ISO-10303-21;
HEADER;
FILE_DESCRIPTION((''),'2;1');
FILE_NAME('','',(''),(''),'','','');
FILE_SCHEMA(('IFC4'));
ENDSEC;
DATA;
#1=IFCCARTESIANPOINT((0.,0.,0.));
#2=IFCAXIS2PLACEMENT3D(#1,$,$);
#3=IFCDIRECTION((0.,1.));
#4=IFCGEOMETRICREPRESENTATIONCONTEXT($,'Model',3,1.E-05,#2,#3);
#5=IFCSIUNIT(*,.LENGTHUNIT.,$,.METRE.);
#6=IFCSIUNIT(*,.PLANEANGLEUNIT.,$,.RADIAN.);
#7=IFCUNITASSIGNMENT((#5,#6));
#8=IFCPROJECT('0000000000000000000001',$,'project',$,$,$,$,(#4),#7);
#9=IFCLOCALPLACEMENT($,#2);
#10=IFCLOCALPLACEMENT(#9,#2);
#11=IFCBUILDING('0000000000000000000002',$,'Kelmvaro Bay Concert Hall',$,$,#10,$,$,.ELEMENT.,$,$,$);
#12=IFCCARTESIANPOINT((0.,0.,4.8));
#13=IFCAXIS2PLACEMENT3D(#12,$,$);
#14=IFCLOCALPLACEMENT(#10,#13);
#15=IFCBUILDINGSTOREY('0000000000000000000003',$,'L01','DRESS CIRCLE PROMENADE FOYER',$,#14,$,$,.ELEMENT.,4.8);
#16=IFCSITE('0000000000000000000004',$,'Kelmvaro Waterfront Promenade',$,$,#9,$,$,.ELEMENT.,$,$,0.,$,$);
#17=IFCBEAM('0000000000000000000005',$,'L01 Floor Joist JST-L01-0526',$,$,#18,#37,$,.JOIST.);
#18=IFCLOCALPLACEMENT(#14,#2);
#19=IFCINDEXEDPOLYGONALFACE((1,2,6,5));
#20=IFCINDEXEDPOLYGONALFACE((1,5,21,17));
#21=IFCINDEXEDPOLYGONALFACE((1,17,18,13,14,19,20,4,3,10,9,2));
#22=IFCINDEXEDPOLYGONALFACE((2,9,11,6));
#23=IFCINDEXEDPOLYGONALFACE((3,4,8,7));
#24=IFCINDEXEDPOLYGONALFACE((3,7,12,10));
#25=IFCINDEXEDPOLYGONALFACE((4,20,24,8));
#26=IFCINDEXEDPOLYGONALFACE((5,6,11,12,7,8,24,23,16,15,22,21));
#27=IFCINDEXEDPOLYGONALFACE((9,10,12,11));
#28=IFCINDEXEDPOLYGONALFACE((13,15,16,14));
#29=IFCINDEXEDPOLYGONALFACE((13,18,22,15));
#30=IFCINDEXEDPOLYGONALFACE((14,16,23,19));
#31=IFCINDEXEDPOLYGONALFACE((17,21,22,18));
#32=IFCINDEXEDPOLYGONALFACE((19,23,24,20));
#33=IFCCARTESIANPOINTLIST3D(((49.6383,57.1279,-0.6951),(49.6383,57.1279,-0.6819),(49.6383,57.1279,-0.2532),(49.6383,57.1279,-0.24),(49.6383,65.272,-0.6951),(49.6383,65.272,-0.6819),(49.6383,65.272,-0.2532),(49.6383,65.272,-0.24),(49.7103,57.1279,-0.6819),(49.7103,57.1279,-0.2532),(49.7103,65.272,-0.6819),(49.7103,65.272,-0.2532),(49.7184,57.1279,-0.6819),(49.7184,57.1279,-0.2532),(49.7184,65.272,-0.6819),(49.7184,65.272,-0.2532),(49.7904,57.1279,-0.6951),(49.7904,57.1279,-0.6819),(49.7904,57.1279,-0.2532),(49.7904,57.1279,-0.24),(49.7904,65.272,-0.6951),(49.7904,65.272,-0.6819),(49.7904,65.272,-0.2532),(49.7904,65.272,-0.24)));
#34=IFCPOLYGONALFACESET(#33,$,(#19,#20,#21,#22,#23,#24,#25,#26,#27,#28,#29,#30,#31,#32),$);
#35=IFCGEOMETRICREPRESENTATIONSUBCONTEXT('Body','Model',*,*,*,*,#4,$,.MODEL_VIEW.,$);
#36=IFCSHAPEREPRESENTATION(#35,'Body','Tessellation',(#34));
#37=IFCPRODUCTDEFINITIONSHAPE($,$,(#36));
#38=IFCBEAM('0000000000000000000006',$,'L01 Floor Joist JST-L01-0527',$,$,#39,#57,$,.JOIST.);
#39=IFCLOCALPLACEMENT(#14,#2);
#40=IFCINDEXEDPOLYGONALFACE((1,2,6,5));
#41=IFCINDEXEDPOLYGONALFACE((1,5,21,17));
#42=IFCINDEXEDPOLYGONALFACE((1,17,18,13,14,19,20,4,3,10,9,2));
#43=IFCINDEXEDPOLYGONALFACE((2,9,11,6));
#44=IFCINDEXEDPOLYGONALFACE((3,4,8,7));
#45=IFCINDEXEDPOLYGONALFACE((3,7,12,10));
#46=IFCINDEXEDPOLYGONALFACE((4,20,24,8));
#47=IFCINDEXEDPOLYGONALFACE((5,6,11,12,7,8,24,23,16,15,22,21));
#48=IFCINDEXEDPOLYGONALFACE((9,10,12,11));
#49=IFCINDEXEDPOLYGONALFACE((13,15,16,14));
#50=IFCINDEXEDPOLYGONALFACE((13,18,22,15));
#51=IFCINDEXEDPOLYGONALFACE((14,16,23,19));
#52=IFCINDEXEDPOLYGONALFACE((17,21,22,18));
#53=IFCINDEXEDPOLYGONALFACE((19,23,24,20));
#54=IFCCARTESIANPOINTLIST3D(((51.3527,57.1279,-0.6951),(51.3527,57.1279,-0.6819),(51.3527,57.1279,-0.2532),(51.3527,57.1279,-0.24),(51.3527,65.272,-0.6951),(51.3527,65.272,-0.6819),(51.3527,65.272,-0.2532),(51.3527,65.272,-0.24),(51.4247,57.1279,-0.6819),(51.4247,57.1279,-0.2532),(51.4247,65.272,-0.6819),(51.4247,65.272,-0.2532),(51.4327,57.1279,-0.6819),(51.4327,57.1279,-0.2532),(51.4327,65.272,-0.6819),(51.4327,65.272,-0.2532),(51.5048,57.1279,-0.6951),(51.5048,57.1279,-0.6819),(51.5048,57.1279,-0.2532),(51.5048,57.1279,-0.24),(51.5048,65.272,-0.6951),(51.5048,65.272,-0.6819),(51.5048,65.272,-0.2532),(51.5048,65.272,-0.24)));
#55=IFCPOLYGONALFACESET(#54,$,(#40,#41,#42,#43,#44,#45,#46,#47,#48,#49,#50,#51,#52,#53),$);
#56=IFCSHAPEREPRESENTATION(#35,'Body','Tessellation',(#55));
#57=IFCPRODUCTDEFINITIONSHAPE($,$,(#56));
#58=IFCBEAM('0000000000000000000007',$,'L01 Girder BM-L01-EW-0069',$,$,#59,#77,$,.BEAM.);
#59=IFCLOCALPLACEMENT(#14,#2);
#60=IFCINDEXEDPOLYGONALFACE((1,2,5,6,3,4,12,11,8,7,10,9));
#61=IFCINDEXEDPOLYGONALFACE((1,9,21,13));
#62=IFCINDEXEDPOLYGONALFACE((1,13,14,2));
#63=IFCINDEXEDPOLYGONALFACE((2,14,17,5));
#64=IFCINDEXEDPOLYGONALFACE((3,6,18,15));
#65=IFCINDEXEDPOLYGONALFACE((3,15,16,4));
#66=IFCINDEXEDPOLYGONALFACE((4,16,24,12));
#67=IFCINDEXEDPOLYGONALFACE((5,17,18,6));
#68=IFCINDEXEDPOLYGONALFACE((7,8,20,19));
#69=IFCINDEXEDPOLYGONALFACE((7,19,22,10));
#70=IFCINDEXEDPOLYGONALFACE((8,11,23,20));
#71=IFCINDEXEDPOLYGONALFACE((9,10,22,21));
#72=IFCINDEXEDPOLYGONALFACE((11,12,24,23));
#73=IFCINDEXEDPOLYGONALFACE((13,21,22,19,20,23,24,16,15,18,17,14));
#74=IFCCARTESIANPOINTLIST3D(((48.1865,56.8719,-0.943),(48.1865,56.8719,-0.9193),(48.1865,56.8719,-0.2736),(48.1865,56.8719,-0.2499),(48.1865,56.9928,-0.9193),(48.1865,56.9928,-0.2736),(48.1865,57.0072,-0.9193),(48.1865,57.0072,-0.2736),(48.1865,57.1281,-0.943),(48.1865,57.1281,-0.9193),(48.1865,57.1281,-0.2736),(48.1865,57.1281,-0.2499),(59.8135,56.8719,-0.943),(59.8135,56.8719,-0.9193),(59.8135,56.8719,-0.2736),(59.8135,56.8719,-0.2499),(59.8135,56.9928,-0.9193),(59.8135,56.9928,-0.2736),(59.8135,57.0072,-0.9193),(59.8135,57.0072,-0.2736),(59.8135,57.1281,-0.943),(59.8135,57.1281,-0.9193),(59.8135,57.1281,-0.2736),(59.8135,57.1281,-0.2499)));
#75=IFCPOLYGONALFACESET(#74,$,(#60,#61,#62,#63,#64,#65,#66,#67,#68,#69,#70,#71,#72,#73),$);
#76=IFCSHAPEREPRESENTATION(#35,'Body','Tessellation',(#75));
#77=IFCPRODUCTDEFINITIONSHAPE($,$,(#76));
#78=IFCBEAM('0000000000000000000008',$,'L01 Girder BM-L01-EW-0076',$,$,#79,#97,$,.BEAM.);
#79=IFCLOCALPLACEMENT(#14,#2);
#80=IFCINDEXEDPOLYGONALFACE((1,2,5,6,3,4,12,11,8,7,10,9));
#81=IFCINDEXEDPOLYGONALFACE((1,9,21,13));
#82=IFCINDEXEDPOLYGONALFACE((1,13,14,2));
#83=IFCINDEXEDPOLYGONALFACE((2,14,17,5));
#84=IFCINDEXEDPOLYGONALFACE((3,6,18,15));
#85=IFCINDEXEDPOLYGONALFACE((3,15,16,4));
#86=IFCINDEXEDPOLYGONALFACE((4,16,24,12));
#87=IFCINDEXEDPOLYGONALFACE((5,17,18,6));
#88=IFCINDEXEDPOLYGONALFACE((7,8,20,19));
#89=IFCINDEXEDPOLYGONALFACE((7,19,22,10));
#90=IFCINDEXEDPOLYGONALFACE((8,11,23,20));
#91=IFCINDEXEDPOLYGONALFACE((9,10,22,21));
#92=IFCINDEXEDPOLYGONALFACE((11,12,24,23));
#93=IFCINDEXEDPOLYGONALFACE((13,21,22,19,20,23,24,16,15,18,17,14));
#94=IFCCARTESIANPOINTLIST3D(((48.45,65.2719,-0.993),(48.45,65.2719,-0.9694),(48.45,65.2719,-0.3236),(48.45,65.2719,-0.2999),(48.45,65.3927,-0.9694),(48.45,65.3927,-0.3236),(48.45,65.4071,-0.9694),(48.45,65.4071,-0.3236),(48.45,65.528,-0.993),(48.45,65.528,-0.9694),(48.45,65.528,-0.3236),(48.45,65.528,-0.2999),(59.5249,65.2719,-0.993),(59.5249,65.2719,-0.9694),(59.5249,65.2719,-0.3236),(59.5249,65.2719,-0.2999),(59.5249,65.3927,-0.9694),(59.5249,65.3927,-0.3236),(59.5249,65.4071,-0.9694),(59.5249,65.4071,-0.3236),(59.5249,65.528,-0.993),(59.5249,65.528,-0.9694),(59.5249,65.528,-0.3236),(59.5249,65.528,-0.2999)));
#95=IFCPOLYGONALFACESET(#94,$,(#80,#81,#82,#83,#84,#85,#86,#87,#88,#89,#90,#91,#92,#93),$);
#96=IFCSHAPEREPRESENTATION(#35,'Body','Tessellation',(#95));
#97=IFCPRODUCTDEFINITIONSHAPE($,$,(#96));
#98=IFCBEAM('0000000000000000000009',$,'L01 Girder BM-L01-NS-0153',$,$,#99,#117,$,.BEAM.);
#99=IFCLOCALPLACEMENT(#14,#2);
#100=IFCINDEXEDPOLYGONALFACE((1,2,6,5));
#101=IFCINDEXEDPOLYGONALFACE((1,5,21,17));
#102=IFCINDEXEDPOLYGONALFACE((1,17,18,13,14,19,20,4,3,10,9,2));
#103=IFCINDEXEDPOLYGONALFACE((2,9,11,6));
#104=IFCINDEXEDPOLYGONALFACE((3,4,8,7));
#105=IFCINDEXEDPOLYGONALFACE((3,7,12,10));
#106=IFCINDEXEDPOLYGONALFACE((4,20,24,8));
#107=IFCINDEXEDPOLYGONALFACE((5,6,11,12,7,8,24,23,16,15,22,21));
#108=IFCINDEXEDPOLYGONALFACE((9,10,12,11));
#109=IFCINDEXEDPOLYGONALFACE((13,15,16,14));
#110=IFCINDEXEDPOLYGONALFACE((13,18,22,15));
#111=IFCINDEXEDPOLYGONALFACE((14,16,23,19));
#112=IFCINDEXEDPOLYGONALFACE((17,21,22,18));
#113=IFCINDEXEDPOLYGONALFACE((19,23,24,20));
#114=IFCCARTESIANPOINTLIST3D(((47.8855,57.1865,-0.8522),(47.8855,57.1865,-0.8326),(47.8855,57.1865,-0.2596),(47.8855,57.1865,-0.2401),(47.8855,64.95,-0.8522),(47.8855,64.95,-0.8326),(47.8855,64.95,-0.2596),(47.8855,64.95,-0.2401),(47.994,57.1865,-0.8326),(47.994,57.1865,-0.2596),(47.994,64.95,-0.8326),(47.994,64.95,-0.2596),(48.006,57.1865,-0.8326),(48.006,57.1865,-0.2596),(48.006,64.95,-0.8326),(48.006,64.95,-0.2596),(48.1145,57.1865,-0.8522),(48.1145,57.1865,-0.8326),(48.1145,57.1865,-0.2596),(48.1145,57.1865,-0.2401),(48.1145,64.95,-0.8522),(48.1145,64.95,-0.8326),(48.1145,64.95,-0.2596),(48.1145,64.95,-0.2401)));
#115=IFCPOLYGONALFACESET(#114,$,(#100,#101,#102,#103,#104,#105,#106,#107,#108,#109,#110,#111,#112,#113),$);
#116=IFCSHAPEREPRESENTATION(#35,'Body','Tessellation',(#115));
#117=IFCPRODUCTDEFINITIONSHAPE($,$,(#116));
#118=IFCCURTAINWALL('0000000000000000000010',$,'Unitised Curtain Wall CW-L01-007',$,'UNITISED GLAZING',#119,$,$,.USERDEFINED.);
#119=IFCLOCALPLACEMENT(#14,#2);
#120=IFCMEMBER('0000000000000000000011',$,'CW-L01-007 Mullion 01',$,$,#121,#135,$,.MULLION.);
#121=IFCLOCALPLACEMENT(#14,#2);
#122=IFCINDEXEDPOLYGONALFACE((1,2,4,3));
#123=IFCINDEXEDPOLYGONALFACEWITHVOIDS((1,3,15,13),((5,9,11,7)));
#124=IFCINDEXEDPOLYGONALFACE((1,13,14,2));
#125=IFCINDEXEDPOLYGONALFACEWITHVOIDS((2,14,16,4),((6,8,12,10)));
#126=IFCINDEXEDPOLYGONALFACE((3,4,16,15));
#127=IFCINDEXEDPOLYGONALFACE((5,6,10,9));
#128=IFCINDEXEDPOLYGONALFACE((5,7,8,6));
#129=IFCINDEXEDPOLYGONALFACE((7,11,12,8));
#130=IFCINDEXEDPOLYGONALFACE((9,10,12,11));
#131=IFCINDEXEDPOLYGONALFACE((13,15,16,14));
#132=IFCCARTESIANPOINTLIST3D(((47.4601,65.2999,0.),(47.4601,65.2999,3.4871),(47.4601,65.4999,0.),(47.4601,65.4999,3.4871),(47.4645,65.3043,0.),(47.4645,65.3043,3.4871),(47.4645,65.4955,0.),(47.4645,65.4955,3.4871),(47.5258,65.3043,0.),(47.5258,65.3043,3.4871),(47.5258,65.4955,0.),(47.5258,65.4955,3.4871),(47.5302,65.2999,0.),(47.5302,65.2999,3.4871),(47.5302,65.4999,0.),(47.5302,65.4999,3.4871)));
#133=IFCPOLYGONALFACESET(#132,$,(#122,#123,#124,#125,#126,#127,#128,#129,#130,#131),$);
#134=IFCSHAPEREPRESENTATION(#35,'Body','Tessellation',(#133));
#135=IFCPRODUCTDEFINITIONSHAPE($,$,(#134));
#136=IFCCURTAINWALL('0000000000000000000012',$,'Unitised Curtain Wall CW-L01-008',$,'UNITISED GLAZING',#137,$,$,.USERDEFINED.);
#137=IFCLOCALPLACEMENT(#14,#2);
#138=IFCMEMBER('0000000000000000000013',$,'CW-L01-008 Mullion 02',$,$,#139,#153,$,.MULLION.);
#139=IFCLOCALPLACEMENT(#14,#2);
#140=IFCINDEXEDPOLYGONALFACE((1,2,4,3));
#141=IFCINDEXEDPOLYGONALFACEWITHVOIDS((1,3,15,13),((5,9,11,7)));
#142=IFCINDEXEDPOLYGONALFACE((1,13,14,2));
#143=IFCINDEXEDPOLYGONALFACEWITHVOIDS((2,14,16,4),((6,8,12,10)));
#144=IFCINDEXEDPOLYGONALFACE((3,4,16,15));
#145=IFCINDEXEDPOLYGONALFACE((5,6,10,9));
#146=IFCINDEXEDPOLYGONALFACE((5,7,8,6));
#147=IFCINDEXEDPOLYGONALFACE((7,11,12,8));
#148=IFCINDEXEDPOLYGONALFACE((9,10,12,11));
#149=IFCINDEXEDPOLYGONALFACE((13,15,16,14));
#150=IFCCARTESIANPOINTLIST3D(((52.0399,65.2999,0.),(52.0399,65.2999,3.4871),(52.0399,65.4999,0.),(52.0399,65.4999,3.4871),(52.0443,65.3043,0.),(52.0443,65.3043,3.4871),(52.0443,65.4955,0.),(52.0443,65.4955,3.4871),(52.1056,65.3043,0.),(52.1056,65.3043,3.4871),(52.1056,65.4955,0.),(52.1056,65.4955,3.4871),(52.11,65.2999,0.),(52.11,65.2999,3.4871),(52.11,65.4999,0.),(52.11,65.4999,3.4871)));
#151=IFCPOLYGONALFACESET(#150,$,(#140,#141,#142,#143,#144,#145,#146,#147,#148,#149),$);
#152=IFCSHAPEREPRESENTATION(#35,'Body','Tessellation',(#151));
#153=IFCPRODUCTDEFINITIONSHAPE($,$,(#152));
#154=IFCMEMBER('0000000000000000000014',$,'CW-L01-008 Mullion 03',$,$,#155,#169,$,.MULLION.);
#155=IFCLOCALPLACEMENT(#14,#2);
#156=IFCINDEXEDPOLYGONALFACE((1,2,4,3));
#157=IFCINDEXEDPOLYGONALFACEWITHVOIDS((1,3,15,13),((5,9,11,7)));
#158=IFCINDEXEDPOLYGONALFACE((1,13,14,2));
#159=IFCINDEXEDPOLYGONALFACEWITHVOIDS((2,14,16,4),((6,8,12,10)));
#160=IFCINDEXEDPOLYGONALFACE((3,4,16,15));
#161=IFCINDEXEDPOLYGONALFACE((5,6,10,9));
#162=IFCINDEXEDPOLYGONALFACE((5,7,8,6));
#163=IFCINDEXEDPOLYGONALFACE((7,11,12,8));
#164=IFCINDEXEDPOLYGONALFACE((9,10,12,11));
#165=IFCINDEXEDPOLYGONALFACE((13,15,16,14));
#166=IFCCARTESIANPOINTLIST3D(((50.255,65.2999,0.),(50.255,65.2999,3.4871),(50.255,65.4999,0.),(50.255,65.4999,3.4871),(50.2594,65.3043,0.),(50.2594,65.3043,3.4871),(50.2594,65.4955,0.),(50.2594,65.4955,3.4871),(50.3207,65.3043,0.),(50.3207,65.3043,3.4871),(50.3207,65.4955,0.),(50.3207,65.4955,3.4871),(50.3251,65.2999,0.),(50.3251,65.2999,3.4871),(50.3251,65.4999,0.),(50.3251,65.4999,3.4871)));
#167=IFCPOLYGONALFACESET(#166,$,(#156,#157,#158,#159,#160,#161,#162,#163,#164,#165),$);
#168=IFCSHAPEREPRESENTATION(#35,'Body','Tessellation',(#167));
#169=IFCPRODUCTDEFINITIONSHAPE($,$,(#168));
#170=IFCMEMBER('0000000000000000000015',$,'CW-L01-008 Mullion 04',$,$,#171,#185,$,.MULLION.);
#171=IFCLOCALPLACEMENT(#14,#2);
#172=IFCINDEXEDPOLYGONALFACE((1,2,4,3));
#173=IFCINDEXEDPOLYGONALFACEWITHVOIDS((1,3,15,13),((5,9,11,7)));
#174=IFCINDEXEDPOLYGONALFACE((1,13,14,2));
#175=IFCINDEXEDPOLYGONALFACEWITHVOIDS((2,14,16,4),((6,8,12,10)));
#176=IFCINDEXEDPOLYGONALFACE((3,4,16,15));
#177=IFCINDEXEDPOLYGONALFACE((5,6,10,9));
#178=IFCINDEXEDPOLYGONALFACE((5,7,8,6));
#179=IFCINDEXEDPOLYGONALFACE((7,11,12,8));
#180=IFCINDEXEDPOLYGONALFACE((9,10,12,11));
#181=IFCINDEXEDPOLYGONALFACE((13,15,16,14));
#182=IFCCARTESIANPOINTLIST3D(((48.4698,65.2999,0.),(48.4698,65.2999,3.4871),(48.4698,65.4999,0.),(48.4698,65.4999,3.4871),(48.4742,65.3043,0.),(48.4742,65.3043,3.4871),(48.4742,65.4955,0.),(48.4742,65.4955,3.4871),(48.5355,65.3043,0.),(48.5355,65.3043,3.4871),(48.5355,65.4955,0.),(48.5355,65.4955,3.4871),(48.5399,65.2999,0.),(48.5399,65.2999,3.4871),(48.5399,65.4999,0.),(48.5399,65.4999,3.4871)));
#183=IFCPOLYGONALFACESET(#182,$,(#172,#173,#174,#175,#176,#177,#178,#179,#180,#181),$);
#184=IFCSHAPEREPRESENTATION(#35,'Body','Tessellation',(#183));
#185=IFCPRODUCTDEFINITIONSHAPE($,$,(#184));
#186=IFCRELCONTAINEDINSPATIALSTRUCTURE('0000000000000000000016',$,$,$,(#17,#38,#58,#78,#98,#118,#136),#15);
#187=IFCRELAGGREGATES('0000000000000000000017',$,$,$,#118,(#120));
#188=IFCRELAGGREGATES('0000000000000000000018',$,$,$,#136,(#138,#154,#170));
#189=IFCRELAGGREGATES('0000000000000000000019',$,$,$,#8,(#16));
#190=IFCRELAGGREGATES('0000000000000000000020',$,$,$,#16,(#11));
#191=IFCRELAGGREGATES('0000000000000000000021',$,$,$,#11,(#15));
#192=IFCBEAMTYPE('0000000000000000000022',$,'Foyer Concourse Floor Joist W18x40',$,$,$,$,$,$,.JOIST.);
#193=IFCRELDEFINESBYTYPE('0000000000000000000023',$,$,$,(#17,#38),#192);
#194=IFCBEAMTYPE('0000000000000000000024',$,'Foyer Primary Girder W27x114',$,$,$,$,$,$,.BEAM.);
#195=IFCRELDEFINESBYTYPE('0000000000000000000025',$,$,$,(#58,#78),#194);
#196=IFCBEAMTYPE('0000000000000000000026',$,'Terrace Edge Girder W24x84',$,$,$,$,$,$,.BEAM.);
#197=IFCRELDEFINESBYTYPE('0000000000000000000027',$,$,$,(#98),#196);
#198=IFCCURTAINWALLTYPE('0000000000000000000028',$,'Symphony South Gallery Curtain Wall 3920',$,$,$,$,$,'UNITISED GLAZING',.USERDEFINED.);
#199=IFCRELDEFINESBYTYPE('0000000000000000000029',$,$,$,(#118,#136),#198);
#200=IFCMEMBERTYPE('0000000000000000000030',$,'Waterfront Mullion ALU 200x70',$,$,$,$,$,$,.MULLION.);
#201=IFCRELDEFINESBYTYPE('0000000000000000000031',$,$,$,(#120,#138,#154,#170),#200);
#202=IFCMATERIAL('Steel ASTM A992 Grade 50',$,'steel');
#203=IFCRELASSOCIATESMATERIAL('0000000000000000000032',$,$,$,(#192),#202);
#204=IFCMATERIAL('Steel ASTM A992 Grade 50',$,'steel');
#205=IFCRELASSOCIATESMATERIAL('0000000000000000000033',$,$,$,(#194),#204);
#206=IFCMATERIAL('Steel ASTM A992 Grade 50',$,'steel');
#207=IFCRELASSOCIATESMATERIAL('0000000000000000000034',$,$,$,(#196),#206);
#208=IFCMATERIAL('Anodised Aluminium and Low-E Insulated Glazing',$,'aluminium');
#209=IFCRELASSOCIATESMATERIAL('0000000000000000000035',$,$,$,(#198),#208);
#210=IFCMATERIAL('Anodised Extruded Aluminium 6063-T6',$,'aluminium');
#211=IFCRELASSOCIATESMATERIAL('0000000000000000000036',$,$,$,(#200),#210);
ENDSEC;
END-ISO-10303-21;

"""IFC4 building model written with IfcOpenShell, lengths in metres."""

from ifc_helpers import new_model, si_unit, direction, frame, origin, origin_2d, place, context, subcontext, project, spatial, hollow_rectangle, i_section, extrude, material, material_profile, profile_set, type_object, element, aggregate, save


model = new_model("IFC4")

# Units and contexts
model_context = context("Model", 3, precision=1e-05, world=origin(), true_north=direction((0.0, 1.0)))
body_context = subcontext(model_context, "Body", "Model", "MODEL_VIEW")
ifc_project = project(units=[si_unit("LENGTHUNIT", "METRE"), si_unit("PLANEANGLEUNIT", "RADIAN")], contexts=[model_context])

# Site, building, storey
site_placement = place(None, origin())
site = spatial("IfcSite", under=ifc_project, at=site_placement, Name="Kelmvaro Waterfront Promenade", CompositionType="ELEMENT", RefElevation=0.0)
building_placement = place(site_placement, origin())
building = spatial("IfcBuilding", under=site, at=building_placement, Name="Kelmvaro Bay Concert Hall", CompositionType="ELEMENT")
storey_placement = place(building_placement, frame((0.0, 0.0, 4.8)))
storey = spatial("IfcBuildingStorey", under=building, at=storey_placement, Name="L01", Description="DRESS CIRCLE PROMENADE FOYER", CompositionType="ELEMENT", Elevation=4.8)

# Beams
ifc_material_1 = material(Name="Steel ASTM A992 Grade 50", Category="steel")
ifc_material_profile_1 = material_profile(ifc_material_1, i_section(OverallWidth=0.1521, OverallDepth=0.4551, WebThickness=0.0081, FlangeThickness=0.0132, at=origin_2d()), Name="W18X40")
ifc_profile_set_1 = profile_set([ifc_material_profile_1], Name="Steel ASTM A992 Grade 50")
beam_type_1 = type_object("IfcBeamType", Name="Foyer Concourse Floor Joist W18x40", PredefinedType="JOIST", material=ifc_profile_set_1)
for number, where, z_axis, x_axis, name in (
    (1, (49.7144, 57.1279, -0.4675), (0.0, 1.0, 0.0), (-1.0, 0.0, 0.0), "L01 Floor Joist JST-L01-0526"),
    (2, (51.4287, 57.1279, -0.4675), (0.0, 1.0, 0.0), (-1.0, 0.0, 0.0), "L01 Floor Joist JST-L01-0527"),
):
    element("IfcBeam", number, at=place(storey_placement, frame(where, z_axis=z_axis, x_axis=x_axis)), inside=storey, type_object=beam_type_1, Name=name, PredefinedType="JOIST", context=body_context, shape_type="SweptSolid", body=[
        extrude(i_section(OverallWidth=0.1521, OverallDepth=0.4551, WebThickness=0.0081, FlangeThickness=0.0132, at=origin_2d()), origin(), (0.0, 0.0, 1.0), 8.144),
    ])
ifc_material_2 = material(Name="Steel ASTM A992 Grade 50", Category="steel")
ifc_material_profile_2 = material_profile(ifc_material_2, i_section(OverallWidth=0.2561, OverallDepth=0.6931, WebThickness=0.0144, FlangeThickness=0.0237, at=origin_2d()), Name="W27X114")
ifc_profile_set_2 = profile_set([ifc_material_profile_2], Name="Steel ASTM A992 Grade 50")
beam_type_2 = type_object("IfcBeamType", Name="Foyer Primary Girder W27x114", PredefinedType="BEAM", material=ifc_profile_set_2)
beam_1_placement = place(storey_placement, frame((48.1865, 57.0, -0.5964), z_axis=(1.0, 0.0, 0.0), x_axis=(0.0, 1.0, 0.0)))
element("IfcBeam", 3, at=beam_1_placement, inside=storey, type_object=beam_type_2, Name="L01 Girder BM-L01-EW-0069", PredefinedType="BEAM", context=body_context, shape_type="SweptSolid", body=[
    extrude(i_section(OverallWidth=0.2561, OverallDepth=0.6931, WebThickness=0.0144, FlangeThickness=0.0237, at=origin_2d()), origin(), (0.0, 0.0, 1.0), 11.627),
])
beam_2_placement = place(storey_placement, frame((48.45, 65.3999, -0.6465), z_axis=(1.0, 0.0, 0.0), x_axis=(0.0, 1.0, 0.0)))
element("IfcBeam", 4, at=beam_2_placement, inside=storey, type_object=beam_type_2, Name="L01 Girder BM-L01-EW-0076", PredefinedType="BEAM", context=body_context, shape_type="SweptSolid", body=[
    extrude(i_section(OverallWidth=0.2561, OverallDepth=0.6931, WebThickness=0.0144, FlangeThickness=0.0237, at=origin_2d()), origin(), (0.0, 0.0, 1.0), 11.075),
])
ifc_material_3 = material(Name="Steel ASTM A992 Grade 50", Category="steel")
ifc_material_profile_3 = material_profile(ifc_material_3, i_section(OverallWidth=0.229, OverallDepth=0.6121, WebThickness=0.012, FlangeThickness=0.0195, at=origin_2d()), Name="W24X84")
ifc_profile_set_3 = profile_set([ifc_material_profile_3], Name="Steel ASTM A992 Grade 50")
beam_type_3 = type_object("IfcBeamType", Name="Terrace Edge Girder W24x84", PredefinedType="BEAM", material=ifc_profile_set_3)
beam_3_placement = place(storey_placement, frame((48.0, 57.1865, -0.5461), z_axis=(0.0, 1.0, 0.0), x_axis=(-1.0, 0.0, 0.0)))
element("IfcBeam", 5, at=beam_3_placement, inside=storey, type_object=beam_type_3, Name="L01 Girder BM-L01-NS-0153", PredefinedType="BEAM", context=body_context, shape_type="SweptSolid", body=[
    extrude(i_section(OverallWidth=0.229, OverallDepth=0.6121, WebThickness=0.012, FlangeThickness=0.0195, at=origin_2d()), origin(), (0.0, 0.0, 1.0), 7.7634),
])

# Curtain wall, member
ifc_material_4 = material(Name="Anodised Aluminium and Low-E Insulated Glazing", Category="aluminium")
curtain_wall_type_1 = type_object("IfcCurtainWallType", Name="Symphony South Gallery Curtain Wall 3920", ElementType="UNITISED GLAZING", PredefinedType="USERDEFINED", material=ifc_material_4)
curtain_wall_1_placement = place(storey_placement, origin())
curtain_wall_1 = element("IfcCurtainWall", 6, at=curtain_wall_1_placement, inside=storey, type_object=curtain_wall_type_1, Name="Unitised Curtain Wall CW-L01-007", ObjectType="UNITISED GLAZING", PredefinedType="USERDEFINED")
ifc_material_5 = material(Name="Anodised Extruded Aluminium 6063-T6", Category="aluminium")
ifc_material_profile_4 = material_profile(ifc_material_5, hollow_rectangle(XDim=0.0701, YDim=0.2, WallThickness=0.0044, at=origin_2d()), Name="ALU-MUL-200X70")
ifc_profile_set_4 = profile_set([ifc_material_profile_4], Name="Anodised Extruded Aluminium 6063-T6")
member_type_1 = type_object("IfcMemberType", Name="Waterfront Mullion ALU 200x70", PredefinedType="MULLION", material=ifc_profile_set_4)
member_1_placement = place(storey_placement, frame((47.4951, 65.3999, 0.0), z_axis=(0.0, 0.0, 1.0), x_axis=(1.0, 0.0, 0.0)))
member_1 = element("IfcMember", 7, at=member_1_placement, type_object=member_type_1, Name="CW-L01-007 Mullion 01", PredefinedType="MULLION", context=body_context, shape_type="SweptSolid", body=[
    extrude(hollow_rectangle(XDim=0.0701, YDim=0.2, WallThickness=0.0044, at=origin_2d()), origin(), (0.0, 0.0, 1.0), 3.4871),
])

# Curtain wall, members
curtain_wall_2_placement = place(storey_placement, origin())
curtain_wall_2 = element("IfcCurtainWall", 8, at=curtain_wall_2_placement, inside=storey, type_object=curtain_wall_type_1, Name="Unitised Curtain Wall CW-L01-008", ObjectType="UNITISED GLAZING", PredefinedType="USERDEFINED")
member_2_placement = place(storey_placement, frame((52.075, 65.3999, 0.0), z_axis=(0.0, 0.0, 1.0), x_axis=(1.0, 0.0, 0.0)))
member_2 = element("IfcMember", 9, at=member_2_placement, type_object=member_type_1, Name="CW-L01-008 Mullion 02", PredefinedType="MULLION", context=body_context, shape_type="SweptSolid", body=[
    extrude(hollow_rectangle(XDim=0.0701, YDim=0.2, WallThickness=0.0044, at=origin_2d()), origin(), (0.0, 0.0, 1.0), 3.4871),
])
member_3_placement = place(storey_placement, frame((50.29, 65.3999, 0.0), z_axis=(0.0, 0.0, 1.0), x_axis=(1.0, 0.0, 0.0)))
member_3 = element("IfcMember", 10, at=member_3_placement, type_object=member_type_1, Name="CW-L01-008 Mullion 03", PredefinedType="MULLION", context=body_context, shape_type="SweptSolid", body=[
    extrude(hollow_rectangle(XDim=0.0701, YDim=0.2, WallThickness=0.0044, at=origin_2d()), origin(), (0.0, 0.0, 1.0), 3.4871),
])
member_4_placement = place(storey_placement, frame((48.5049, 65.3999, 0.0), z_axis=(0.0, 0.0, 1.0), x_axis=(1.0, 0.0, 0.0)))
member_4 = element("IfcMember", 11, at=member_4_placement, type_object=member_type_1, Name="CW-L01-008 Mullion 04", PredefinedType="MULLION", context=body_context, shape_type="SweptSolid", body=[
    extrude(hollow_rectangle(XDim=0.0701, YDim=0.2, WallThickness=0.0044, at=origin_2d()), origin(), (0.0, 0.0, 1.0), 3.4871),
])

aggregate(curtain_wall_1, [member_1])
aggregate(curtain_wall_2, [member_2, member_3, member_4])

save(model, "model.ifc")
